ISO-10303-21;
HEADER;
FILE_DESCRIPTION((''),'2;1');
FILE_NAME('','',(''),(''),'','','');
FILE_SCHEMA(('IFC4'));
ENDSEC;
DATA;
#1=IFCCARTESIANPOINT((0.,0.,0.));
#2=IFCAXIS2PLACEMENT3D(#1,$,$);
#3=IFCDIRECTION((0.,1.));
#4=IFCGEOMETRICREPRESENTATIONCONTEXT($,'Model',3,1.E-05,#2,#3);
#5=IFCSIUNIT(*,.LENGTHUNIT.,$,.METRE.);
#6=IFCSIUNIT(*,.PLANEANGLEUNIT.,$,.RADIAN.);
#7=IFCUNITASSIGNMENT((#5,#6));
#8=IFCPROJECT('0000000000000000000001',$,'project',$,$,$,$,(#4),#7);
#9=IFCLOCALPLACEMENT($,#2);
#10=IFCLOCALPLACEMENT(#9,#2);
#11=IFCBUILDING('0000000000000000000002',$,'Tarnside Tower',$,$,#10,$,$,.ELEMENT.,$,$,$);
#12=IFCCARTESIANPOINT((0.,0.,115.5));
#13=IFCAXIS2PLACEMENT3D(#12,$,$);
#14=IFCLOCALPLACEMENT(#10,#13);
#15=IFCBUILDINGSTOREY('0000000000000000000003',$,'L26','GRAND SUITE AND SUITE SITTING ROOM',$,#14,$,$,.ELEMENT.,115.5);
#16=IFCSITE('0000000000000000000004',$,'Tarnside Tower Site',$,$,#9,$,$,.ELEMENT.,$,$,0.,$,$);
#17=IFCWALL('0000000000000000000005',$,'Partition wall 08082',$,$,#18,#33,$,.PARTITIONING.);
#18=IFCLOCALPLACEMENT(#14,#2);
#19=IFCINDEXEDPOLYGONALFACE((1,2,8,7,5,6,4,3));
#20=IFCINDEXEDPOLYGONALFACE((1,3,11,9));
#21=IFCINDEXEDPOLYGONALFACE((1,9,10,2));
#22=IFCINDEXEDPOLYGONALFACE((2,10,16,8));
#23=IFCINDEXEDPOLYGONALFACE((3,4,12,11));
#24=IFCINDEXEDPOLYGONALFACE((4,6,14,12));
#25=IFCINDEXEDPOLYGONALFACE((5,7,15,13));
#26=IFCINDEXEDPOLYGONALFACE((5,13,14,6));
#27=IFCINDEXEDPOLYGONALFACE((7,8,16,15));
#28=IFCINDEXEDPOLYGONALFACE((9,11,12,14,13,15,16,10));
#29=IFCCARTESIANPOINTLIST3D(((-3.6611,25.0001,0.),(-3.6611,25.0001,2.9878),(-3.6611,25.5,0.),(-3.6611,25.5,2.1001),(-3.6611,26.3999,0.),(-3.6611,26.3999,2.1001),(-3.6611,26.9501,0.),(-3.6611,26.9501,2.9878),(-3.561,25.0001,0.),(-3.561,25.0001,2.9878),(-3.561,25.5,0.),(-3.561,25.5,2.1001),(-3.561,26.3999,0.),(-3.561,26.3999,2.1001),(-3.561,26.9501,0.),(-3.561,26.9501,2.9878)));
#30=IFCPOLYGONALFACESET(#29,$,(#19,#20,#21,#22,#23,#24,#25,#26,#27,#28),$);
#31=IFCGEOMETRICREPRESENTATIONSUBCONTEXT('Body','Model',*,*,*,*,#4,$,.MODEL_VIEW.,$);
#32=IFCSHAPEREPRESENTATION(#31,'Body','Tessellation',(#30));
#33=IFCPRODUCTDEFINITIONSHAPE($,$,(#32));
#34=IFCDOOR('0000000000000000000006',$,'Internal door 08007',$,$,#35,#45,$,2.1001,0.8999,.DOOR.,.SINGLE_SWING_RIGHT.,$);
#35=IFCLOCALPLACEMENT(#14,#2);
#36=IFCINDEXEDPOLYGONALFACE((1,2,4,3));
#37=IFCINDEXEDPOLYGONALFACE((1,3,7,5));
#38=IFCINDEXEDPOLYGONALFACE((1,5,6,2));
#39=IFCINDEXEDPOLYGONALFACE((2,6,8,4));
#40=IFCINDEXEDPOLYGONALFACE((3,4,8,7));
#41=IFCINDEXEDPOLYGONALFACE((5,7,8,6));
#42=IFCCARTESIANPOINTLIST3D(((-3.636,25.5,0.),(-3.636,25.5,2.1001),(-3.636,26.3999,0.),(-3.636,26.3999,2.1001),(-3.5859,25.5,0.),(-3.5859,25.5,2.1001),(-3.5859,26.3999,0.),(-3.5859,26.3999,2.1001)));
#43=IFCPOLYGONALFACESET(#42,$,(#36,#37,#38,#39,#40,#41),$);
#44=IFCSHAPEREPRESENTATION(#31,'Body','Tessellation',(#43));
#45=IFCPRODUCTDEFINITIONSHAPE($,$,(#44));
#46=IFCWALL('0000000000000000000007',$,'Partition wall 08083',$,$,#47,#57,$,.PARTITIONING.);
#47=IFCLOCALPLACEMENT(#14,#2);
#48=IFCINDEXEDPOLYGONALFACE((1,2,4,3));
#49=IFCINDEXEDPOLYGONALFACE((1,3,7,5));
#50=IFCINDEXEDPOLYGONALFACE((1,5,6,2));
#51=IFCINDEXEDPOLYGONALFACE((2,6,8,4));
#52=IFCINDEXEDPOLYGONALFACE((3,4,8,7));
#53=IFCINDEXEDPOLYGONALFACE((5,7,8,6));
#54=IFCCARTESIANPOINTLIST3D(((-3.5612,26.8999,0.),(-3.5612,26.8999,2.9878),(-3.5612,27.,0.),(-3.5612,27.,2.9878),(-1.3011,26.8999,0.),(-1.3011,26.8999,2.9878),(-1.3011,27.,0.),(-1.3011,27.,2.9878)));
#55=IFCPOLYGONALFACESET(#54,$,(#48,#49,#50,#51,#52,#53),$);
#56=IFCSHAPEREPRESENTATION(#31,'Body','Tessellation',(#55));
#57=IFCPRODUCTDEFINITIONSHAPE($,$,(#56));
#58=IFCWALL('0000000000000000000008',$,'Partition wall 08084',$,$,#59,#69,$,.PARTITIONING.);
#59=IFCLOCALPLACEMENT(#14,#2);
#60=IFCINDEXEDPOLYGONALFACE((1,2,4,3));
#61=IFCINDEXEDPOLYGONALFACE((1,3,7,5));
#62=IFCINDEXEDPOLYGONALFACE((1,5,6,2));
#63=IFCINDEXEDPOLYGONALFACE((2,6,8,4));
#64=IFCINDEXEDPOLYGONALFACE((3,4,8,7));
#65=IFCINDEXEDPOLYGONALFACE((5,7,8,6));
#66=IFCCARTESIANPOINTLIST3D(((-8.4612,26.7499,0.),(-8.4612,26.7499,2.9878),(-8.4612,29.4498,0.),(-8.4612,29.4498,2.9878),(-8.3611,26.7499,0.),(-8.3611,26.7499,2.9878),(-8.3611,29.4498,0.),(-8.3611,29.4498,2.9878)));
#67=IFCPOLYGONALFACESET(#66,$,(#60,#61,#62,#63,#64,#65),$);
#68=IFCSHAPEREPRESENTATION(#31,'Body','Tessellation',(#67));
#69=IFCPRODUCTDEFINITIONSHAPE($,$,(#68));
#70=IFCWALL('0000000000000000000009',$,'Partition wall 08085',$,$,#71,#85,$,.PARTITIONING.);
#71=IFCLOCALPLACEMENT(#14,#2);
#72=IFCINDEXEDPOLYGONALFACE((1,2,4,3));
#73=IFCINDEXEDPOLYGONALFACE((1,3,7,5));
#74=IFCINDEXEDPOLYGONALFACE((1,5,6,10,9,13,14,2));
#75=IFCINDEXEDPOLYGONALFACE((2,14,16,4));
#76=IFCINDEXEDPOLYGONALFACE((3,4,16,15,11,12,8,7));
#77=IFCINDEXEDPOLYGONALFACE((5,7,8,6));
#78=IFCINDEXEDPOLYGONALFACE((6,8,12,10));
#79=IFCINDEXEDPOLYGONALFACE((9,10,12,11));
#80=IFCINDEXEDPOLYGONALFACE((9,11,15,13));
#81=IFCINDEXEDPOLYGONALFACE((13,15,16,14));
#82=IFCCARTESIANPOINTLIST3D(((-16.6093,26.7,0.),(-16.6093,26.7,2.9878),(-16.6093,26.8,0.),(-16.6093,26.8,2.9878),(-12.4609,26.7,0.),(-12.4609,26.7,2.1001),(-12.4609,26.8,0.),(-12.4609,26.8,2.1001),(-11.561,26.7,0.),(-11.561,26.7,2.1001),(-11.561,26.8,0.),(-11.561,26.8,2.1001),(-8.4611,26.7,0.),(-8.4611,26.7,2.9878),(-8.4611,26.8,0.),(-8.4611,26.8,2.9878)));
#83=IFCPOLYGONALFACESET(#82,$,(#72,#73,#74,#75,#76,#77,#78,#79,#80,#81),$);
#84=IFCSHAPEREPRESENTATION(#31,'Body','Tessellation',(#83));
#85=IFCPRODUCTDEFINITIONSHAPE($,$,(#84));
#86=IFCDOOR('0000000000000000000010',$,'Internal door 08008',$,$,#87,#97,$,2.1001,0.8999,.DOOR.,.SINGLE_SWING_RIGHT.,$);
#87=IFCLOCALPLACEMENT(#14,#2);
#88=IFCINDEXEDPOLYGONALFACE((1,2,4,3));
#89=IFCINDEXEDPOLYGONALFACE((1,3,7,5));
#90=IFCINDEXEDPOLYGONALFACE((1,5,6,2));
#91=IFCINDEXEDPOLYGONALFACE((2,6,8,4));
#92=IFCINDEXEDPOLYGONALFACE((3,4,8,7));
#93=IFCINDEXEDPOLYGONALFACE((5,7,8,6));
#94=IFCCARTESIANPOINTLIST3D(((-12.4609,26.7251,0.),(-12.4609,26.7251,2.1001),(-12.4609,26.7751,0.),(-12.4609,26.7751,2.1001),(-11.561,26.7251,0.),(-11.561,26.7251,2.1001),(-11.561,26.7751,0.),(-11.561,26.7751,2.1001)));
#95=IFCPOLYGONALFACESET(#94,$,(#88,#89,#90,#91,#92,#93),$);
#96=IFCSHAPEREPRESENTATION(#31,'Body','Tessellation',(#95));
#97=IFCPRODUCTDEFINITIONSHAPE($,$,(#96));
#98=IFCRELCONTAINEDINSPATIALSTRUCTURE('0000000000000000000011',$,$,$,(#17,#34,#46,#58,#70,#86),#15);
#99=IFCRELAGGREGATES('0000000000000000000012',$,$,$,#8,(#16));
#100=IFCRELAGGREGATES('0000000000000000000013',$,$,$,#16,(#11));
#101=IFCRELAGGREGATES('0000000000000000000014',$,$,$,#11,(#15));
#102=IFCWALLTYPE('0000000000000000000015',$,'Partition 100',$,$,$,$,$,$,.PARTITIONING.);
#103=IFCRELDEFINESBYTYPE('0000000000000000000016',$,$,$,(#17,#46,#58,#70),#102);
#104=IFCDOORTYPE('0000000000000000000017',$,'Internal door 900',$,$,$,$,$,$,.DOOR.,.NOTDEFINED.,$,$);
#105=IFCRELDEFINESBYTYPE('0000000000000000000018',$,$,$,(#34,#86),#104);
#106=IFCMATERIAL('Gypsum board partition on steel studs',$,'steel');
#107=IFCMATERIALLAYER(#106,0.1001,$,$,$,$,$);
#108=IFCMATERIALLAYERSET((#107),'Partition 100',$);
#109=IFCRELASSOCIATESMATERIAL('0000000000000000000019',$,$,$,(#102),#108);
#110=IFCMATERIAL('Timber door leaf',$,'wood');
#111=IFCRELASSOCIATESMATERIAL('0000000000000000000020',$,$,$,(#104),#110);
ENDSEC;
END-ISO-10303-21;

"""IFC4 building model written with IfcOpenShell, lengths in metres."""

from ifc_helpers import new_model, si_unit, direction, frame, frame_2d, origin, place, context, subcontext, project, spatial, rectangle, extrude, material, layer, layer_set, type_object, element, fill, save


model = new_model("IFC4")

# Units and contexts
model_context = context("Model", 3, precision=1e-05, world=origin(), true_north=direction((0.0, 1.0)))
body_context = subcontext(model_context, "Body", "Model", "MODEL_VIEW")
ifc_project = project(units=[si_unit("LENGTHUNIT", "METRE"), si_unit("PLANEANGLEUNIT", "RADIAN")], contexts=[model_context])

# Site, building, storey
site_placement = place(None, origin())
site = spatial("IfcSite", under=ifc_project, at=site_placement, Name="Tarnside Tower Site", CompositionType="ELEMENT", RefElevation=0.0)
building_placement = place(site_placement, origin())
building = spatial("IfcBuilding", under=site, at=building_placement, Name="Tarnside Tower", CompositionType="ELEMENT")
storey_placement = place(building_placement, frame((0.0, 0.0, 115.5)))
storey = spatial("IfcBuildingStorey", under=building, at=storey_placement, Name="L26", Description="GRAND SUITE AND SUITE SITTING ROOM", CompositionType="ELEMENT", Elevation=115.5)

# Shared definitions
ifc_material_1 = material(Name="Gypsum board partition on steel studs", Category="steel")

# Shared definitions
ifc_material_2 = material(Name="Timber door leaf", Category="wood")

# Wall, opening, door
ifc_layer_1 = layer(ifc_material_1, 0.1001)
ifc_layer_set_1 = layer_set([ifc_layer_1], Name="Partition 100")
wall_type_1 = type_object("IfcWallType", Name="Partition 100", PredefinedType="PARTITIONING", material=ifc_layer_set_1)
wall_1_placement = place(storey_placement, frame((-3.6111, 25.0, 0.0), z_axis=(0.0, 0.0, 1.0), x_axis=(0.0, 1.0, 0.0)))
wall_1 = element("IfcWall", 1, at=wall_1_placement, inside=storey, type_object=wall_type_1, Name="Partition wall 08082", PredefinedType="PARTITIONING", context=body_context, shape_type="SweptSolid", body=[
    extrude(rectangle(XDim=1.95, YDim=0.1001, at=frame_2d((0.9751, 0.0))), origin(), (0.0, 0.0, 1.0), 2.9878),
])
opening_1_placement = place(wall_1_placement, frame((0.5, 0.0, 0.0)))
opening_1 = element("IfcOpeningElement", 2, at=opening_1_placement, cuts=wall_1, PredefinedType="OPENING", context=body_context, shape_type="SweptSolid", body=[
    extrude(rectangle(XDim=0.8999, YDim=2.1001, at=frame_2d((0.45, 1.05))), frame((0.0, 0.0601, 0.0), z_axis=(0.0, -1.0, 0.0), x_axis=(1.0, 0.0, 0.0)), (0.0, 0.0, 1.0), 0.1201),
])
door_type_1 = type_object("IfcDoorType", Name="Internal door 900", OperationType="NOTDEFINED", PredefinedType="DOOR", material=ifc_material_2)
door_1_placement = place(opening_1_placement, origin())
door_1 = element("IfcDoor", 3, at=door_1_placement, inside=storey, type_object=door_type_1, Name="Internal door 08007", OperationType="SINGLE_SWING_RIGHT", OverallHeight=2.1001, OverallWidth=0.8999, PredefinedType="DOOR", context=body_context, shape_type="SweptSolid", body=[
    extrude(rectangle(XDim=0.8999, YDim=2.1001, at=frame_2d((0.45, 1.05))), frame((0.0, 0.0249, 0.0), z_axis=(0.0, -1.0, 0.0), x_axis=(1.0, 0.0, 0.0)), (0.0, 0.0, 1.0), 0.05),
])
fill(opening_1, door_1)

# Walls
wall_2_placement = place(storey_placement, frame((-3.561, 26.95, 0.0), z_axis=(0.0, 0.0, 1.0), x_axis=(1.0, 0.0, 0.0)))
element("IfcWall", 4, at=wall_2_placement, inside=storey, type_object=wall_type_1, Name="Partition wall 08083", PredefinedType="PARTITIONING", context=body_context, shape_type="SweptSolid", body=[
    extrude(rectangle(XDim=2.26, YDim=0.1001, at=frame_2d((1.1299, 0.0))), origin(), (0.0, 0.0, 1.0), 2.9878),
])
wall_3_placement = place(storey_placement, frame((-8.4111, 29.45, 0.0), z_axis=(0.0, 0.0, 1.0), x_axis=(0.0, -1.0, 0.0)))
element("IfcWall", 5, at=wall_3_placement, inside=storey, type_object=wall_type_1, Name="Partition wall 08084", PredefinedType="PARTITIONING", context=body_context, shape_type="SweptSolid", body=[
    extrude(rectangle(XDim=2.7, YDim=0.1001, at=frame_2d((1.3501, 0.0))), origin(), (0.0, 0.0, 1.0), 2.9878),
])

# Wall, opening, door
wall_4_placement = place(storey_placement, frame((-8.4609, 26.75, 0.0), z_axis=(0.0, 0.0, 1.0), x_axis=(-1.0, 0.0, 0.0)))
wall_4 = element("IfcWall", 6, at=wall_4_placement, inside=storey, type_object=wall_type_1, Name="Partition wall 08085", PredefinedType="PARTITIONING", context=body_context, shape_type="SweptSolid", body=[
    extrude(rectangle(XDim=8.1482, YDim=0.1001, at=frame_2d((4.0742, 0.0))), origin(), (0.0, 0.0, 1.0), 2.9878),
])
opening_2_placement = place(wall_4_placement, frame((3.1001, 0.0, 0.0)))
opening_2 = element("IfcOpeningElement", 7, at=opening_2_placement, cuts=wall_4, PredefinedType="OPENING", context=body_context, shape_type="SweptSolid", body=[
    extrude(rectangle(XDim=0.8999, YDim=2.1001, at=frame_2d((0.45, 1.05))), frame((0.0, 0.0601, 0.0), z_axis=(0.0, -1.0, 0.0), x_axis=(1.0, 0.0, 0.0)), (0.0, 0.0, 1.0), 0.1201),
])
door_2_placement = place(opening_2_placement, origin())
door_2 = element("IfcDoor", 8, at=door_2_placement, inside=storey, type_object=door_type_1, Name="Internal door 08008", OperationType="SINGLE_SWING_RIGHT", OverallHeight=2.1001, OverallWidth=0.8999, PredefinedType="DOOR", context=body_context, shape_type="SweptSolid", body=[
    extrude(rectangle(XDim=0.8999, YDim=2.1001, at=frame_2d((0.45, 1.05))), frame((0.0, 0.0249, 0.0), z_axis=(0.0, -1.0, 0.0), x_axis=(1.0, 0.0, 0.0)), (0.0, 0.0, 1.0), 0.05),
])
fill(opening_2, door_2)

save(model, "model.ifc")
